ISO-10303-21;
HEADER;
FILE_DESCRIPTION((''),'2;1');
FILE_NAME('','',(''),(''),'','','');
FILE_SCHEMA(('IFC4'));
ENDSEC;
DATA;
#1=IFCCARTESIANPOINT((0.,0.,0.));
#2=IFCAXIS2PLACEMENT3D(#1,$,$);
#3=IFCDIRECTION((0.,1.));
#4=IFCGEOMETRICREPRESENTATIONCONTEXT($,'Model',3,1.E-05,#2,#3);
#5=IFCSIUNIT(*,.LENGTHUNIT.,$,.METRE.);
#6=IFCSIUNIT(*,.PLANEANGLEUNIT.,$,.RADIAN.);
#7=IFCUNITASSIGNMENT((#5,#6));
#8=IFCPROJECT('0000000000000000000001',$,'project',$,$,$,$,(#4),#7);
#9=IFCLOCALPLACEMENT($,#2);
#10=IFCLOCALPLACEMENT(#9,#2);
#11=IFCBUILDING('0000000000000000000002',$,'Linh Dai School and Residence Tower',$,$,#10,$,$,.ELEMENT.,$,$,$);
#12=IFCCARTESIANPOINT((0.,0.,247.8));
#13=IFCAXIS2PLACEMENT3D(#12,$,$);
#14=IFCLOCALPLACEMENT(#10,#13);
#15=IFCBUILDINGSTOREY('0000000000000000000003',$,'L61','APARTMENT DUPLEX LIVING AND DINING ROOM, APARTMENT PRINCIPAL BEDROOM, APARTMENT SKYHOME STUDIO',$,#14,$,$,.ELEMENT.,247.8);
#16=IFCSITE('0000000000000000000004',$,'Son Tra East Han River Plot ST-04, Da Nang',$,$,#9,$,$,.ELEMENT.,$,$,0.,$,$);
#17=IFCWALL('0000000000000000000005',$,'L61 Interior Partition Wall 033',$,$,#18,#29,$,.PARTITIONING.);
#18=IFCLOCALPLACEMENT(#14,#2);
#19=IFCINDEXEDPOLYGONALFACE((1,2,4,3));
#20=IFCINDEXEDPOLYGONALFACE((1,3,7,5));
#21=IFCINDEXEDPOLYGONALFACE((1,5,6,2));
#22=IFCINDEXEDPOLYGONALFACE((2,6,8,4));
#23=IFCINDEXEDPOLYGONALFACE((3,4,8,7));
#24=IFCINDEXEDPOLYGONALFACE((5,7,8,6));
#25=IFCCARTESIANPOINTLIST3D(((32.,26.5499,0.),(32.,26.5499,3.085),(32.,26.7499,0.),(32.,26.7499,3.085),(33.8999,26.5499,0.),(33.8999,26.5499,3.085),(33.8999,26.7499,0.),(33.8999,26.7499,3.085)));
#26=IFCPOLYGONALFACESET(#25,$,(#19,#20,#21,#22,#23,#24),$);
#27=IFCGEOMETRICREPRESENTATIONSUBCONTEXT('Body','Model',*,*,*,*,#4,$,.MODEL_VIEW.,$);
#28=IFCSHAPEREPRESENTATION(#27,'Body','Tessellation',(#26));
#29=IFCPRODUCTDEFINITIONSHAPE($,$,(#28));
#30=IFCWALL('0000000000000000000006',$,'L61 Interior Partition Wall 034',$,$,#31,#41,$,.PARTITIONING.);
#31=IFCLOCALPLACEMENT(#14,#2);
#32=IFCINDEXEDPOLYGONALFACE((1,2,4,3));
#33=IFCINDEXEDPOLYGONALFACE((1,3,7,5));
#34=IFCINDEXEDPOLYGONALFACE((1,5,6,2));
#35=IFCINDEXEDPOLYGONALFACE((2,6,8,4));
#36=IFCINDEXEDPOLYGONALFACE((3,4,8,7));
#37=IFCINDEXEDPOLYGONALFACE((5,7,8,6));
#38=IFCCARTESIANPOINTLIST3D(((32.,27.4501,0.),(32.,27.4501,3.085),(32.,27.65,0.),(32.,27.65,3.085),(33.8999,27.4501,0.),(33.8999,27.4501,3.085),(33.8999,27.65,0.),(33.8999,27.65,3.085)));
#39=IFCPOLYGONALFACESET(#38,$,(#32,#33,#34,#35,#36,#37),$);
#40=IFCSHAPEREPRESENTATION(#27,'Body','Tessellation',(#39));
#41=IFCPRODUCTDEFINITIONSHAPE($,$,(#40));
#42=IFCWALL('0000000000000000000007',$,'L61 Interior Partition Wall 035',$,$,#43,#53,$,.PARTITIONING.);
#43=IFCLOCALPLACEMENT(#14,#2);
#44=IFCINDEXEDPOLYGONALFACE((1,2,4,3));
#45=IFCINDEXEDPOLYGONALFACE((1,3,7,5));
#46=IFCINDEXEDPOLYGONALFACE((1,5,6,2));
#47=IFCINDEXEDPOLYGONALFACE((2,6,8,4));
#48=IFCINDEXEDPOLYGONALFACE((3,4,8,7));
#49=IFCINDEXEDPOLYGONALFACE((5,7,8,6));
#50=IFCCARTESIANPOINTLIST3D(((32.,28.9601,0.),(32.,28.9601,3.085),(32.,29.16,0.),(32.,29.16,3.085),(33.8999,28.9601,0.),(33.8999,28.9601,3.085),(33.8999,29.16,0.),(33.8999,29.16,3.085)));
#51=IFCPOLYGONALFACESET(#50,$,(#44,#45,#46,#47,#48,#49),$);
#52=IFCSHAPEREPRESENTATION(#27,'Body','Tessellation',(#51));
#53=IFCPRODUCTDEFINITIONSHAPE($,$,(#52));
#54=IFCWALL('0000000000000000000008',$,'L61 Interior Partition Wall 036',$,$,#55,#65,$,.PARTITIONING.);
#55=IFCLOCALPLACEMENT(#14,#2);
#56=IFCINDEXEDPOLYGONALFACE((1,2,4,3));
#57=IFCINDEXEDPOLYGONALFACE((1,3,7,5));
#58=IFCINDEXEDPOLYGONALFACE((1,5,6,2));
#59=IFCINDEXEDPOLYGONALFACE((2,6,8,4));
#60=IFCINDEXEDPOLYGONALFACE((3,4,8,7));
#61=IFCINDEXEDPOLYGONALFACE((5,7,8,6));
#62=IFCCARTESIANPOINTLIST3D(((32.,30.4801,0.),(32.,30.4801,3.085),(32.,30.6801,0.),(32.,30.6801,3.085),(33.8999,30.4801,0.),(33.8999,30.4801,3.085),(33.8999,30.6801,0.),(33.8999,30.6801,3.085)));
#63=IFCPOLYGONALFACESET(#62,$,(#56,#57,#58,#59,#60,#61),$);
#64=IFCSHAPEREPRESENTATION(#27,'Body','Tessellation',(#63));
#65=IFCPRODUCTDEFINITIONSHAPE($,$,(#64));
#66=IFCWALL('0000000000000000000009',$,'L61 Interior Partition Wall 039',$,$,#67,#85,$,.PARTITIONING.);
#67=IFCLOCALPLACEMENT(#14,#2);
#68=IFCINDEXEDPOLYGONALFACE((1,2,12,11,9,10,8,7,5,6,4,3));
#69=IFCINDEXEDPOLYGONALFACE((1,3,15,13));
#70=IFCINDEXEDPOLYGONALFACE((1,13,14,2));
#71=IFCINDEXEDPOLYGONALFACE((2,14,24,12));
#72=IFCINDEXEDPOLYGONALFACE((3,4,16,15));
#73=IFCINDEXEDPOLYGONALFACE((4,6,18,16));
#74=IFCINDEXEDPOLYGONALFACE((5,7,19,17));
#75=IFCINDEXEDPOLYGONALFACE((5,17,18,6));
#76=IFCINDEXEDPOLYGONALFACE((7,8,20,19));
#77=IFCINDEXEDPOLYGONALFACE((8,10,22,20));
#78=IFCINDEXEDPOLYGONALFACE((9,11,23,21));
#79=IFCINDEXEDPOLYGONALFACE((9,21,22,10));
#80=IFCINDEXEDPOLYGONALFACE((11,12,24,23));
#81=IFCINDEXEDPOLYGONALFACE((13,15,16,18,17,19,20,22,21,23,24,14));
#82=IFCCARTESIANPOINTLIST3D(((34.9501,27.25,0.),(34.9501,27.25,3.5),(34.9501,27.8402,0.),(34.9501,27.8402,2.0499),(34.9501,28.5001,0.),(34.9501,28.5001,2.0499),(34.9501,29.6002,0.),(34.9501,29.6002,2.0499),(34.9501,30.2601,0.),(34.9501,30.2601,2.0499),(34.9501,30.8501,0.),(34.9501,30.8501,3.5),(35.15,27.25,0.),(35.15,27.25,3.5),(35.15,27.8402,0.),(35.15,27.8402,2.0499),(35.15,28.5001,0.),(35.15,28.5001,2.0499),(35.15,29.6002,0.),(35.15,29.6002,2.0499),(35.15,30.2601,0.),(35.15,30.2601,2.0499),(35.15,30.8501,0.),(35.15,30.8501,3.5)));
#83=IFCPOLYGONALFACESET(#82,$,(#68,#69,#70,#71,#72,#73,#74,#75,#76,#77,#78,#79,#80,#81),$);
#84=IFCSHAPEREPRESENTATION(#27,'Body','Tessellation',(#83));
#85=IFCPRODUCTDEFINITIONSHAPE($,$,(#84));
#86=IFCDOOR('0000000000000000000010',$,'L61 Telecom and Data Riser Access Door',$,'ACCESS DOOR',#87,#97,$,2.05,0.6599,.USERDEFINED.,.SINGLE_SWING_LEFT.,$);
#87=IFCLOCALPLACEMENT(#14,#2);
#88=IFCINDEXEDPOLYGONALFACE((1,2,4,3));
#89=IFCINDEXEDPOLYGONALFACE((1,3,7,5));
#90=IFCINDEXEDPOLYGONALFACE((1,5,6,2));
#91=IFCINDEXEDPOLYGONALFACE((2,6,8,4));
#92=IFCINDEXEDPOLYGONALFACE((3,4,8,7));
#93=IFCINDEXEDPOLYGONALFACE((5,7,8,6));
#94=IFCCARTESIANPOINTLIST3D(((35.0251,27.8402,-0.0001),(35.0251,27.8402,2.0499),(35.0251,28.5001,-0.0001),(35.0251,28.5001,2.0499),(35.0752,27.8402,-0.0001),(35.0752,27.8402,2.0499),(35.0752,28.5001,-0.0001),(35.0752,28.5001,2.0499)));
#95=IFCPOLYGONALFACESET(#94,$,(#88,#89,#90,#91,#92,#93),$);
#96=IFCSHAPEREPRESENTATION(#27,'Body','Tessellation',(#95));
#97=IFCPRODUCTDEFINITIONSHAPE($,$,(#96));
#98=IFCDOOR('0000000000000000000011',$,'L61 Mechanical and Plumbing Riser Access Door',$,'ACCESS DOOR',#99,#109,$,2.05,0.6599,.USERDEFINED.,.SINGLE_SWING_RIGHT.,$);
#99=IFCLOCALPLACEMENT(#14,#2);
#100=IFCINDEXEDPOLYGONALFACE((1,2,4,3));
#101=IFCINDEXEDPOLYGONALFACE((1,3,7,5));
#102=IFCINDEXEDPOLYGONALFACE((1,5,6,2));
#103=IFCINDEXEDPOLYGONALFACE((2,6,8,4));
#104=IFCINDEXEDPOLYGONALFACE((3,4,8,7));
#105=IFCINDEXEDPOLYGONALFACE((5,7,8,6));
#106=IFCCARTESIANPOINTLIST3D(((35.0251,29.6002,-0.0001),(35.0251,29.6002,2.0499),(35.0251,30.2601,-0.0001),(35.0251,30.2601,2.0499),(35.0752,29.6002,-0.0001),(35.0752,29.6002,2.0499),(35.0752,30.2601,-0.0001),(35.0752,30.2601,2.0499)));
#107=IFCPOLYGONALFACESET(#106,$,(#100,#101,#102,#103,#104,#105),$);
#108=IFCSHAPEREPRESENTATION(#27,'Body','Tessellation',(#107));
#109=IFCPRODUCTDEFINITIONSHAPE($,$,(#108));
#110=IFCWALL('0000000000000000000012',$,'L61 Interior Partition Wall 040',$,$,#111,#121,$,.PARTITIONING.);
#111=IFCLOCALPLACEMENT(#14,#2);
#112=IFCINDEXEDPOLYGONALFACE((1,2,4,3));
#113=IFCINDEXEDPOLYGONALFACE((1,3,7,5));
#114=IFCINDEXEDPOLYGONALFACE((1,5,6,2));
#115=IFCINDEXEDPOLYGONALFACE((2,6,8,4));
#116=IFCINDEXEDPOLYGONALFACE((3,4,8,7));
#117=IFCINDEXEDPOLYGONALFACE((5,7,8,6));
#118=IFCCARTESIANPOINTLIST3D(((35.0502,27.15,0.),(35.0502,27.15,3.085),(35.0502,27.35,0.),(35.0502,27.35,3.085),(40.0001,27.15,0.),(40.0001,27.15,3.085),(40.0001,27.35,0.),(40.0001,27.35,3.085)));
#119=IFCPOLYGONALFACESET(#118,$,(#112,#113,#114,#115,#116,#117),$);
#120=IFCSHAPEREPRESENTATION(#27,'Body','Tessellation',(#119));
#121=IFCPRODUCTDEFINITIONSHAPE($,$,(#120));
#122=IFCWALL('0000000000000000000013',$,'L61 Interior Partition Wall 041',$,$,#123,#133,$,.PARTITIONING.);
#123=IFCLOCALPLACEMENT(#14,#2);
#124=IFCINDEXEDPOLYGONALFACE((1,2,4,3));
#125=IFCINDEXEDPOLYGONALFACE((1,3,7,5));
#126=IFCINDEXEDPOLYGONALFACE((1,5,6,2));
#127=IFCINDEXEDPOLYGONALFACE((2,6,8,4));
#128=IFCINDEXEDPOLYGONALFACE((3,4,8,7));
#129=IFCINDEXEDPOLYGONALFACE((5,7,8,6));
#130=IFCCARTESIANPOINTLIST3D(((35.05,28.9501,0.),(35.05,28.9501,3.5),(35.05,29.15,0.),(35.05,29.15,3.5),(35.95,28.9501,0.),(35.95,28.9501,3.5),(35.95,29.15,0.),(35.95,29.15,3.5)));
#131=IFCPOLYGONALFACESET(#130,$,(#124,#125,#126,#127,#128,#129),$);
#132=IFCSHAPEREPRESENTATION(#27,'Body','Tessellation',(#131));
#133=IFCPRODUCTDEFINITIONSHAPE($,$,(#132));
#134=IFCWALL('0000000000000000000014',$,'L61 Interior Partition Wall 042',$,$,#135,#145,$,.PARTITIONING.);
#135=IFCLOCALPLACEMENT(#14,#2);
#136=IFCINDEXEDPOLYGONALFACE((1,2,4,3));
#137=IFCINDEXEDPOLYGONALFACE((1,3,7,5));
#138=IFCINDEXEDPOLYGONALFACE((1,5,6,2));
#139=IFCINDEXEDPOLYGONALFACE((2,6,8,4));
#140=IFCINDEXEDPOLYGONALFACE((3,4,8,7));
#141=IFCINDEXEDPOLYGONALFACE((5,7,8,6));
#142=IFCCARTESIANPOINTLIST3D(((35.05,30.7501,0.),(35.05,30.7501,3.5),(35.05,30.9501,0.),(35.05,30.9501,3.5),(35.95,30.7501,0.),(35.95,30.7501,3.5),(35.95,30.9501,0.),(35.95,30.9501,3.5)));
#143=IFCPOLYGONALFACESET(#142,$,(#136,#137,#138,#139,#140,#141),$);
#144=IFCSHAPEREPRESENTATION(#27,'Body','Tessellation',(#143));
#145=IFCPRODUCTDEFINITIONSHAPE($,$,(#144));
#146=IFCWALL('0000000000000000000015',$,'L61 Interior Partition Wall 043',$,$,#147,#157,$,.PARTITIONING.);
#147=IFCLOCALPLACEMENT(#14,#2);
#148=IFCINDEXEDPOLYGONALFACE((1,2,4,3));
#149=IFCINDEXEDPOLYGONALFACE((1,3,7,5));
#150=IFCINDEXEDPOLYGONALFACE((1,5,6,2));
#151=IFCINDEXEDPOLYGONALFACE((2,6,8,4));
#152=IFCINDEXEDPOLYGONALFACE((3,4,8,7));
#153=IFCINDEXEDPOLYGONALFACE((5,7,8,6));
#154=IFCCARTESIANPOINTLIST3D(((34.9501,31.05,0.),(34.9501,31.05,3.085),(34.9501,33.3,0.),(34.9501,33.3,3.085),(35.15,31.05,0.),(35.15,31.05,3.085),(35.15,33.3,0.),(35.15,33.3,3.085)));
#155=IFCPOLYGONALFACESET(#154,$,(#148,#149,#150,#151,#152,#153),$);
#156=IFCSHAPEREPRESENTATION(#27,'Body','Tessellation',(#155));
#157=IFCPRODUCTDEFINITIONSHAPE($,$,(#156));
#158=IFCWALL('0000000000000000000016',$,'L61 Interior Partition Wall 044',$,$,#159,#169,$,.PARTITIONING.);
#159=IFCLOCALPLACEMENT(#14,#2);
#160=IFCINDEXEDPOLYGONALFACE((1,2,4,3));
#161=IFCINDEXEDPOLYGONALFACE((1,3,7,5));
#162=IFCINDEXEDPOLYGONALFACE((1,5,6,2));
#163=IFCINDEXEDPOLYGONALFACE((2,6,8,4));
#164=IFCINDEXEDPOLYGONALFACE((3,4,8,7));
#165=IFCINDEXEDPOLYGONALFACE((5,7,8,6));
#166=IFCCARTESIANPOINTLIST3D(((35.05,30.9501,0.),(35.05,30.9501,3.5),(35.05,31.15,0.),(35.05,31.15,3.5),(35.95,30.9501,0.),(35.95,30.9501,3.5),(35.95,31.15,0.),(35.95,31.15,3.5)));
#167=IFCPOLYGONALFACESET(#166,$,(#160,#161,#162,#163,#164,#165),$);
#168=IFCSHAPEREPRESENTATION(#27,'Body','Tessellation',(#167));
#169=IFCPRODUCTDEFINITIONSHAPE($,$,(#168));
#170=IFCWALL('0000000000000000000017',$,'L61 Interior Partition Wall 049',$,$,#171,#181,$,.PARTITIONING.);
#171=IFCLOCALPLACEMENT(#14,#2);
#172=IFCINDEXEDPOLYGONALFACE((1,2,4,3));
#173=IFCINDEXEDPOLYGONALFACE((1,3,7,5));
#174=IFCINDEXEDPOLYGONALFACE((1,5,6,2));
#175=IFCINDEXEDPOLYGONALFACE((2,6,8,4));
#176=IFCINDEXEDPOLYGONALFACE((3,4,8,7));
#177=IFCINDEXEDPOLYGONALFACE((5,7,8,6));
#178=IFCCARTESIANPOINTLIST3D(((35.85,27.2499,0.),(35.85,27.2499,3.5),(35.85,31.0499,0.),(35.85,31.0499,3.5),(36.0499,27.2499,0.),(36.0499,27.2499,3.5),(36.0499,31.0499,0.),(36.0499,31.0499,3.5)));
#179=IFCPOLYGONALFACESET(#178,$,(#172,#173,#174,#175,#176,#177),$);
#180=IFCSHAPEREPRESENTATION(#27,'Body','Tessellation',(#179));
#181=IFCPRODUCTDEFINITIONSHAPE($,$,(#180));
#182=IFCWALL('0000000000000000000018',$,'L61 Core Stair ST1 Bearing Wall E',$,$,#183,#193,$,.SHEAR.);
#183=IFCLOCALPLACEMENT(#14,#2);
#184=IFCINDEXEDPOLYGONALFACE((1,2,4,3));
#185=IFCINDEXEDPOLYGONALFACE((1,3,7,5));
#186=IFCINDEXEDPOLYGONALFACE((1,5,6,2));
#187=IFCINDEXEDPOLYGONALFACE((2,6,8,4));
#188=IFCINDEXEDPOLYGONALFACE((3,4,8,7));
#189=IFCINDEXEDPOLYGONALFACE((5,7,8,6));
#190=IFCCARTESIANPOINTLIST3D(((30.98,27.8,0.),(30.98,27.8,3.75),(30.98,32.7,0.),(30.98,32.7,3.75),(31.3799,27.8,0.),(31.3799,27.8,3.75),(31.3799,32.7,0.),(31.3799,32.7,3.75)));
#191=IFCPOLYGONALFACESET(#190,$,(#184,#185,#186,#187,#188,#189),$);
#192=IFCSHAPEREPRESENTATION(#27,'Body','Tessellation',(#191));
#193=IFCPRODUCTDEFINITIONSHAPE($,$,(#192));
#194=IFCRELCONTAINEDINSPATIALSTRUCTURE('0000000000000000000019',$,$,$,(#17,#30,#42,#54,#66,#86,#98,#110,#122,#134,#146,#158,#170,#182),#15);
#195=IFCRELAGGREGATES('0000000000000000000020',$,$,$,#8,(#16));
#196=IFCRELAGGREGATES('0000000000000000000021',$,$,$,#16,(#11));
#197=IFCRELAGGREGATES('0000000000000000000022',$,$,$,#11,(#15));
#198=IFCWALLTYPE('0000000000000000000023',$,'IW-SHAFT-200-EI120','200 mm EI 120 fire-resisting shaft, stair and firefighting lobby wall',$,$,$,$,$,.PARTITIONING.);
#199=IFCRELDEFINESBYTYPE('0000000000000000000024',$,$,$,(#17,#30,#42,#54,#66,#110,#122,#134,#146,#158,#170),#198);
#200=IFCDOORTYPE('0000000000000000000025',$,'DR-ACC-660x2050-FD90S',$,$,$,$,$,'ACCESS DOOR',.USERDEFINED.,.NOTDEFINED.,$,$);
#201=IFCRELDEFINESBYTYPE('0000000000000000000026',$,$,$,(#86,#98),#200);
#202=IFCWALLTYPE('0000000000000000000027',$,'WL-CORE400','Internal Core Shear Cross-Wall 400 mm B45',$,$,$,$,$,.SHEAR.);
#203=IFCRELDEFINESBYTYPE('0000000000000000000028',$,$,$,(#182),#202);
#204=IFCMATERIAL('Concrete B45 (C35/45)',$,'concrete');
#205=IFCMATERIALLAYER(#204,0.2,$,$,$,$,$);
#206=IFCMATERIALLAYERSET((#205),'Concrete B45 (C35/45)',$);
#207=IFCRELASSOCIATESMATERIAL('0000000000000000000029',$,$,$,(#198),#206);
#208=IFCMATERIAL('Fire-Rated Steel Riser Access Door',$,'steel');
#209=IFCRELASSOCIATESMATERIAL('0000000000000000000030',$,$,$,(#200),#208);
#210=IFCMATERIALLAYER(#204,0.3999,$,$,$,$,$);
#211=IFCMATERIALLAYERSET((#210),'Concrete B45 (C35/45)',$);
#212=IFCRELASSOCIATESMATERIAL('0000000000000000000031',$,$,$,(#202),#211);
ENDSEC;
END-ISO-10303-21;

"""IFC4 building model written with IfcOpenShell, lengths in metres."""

from ifc_helpers import new_model, si_unit, direction, frame, frame_2d, origin, origin_2d, place, context, subcontext, project, spatial, rectangle, extrude, source, transform, mapped, material, layer, layer_set, type_object, element, fill, save


model = new_model("IFC4")

# Units and contexts
model_context = context("Model", 3, precision=1e-05, world=origin(), true_north=direction((0.0, 1.0)))
body_context = subcontext(model_context, "Body", "Model", "MODEL_VIEW")
ifc_project = project(units=[si_unit("LENGTHUNIT", "METRE"), si_unit("PLANEANGLEUNIT", "RADIAN")], contexts=[model_context])

# Site, building, storey
site_placement = place(None, origin())
site = spatial("IfcSite", under=ifc_project, at=site_placement, Name="Son Tra East Han River Plot ST-04, Da Nang", CompositionType="ELEMENT", RefElevation=0.0)
building_placement = place(site_placement, origin())
building = spatial("IfcBuilding", under=site, at=building_placement, Name="Linh Dai School and Residence Tower", CompositionType="ELEMENT")
storey_placement = place(building_placement, frame((0.0, 0.0, 247.8)))
storey = spatial("IfcBuildingStorey", under=building, at=storey_placement, Name="L61", Description="APARTMENT DUPLEX LIVING AND DINING ROOM, APARTMENT PRINCIPAL BEDROOM, APARTMENT SKYHOME STUDIO", CompositionType="ELEMENT", Elevation=247.8)

# Walls
ifc_material_1 = material(Name="Concrete B45 (C35/45)", Category="concrete")
ifc_layer_1 = layer(ifc_material_1, 0.2)
ifc_layer_set_1 = layer_set([ifc_layer_1], Name="Concrete B45 (C35/45)")
wall_type_1 = type_object("IfcWallType", Name="IW-SHAFT-200-EI120", Description="200 mm EI 120 fire-resisting shaft, stair and firefighting lobby wall", PredefinedType="PARTITIONING", material=ifc_layer_set_1)
for number, where, z_axis, x_axis, name in (
    (1, (32.0, 26.6499, 0.0), (0.0, 0.0, 1.0), (1.0, 0.0, 0.0), "L61 Interior Partition Wall 033"),
    (2, (32.0, 27.55, 0.0), (0.0, 0.0, 1.0), (1.0, 0.0, 0.0), "L61 Interior Partition Wall 034"),
    (3, (32.0, 29.0601, 0.0), (0.0, 0.0, 1.0), (1.0, 0.0, 0.0), "L61 Interior Partition Wall 035"),
    (4, (32.0, 30.5801, 0.0), (0.0, 0.0, 1.0), (1.0, 0.0, 0.0), "L61 Interior Partition Wall 036"),
):
    element("IfcWall", number, at=place(storey_placement, frame(where, z_axis=z_axis, x_axis=x_axis)), inside=storey, type_object=wall_type_1, Name=name, PredefinedType="PARTITIONING", context=body_context, shape_type="SweptSolid", body=[
        extrude(rectangle(XDim=1.8999, YDim=0.2, at=frame_2d((0.95, 0.0))), origin(), (0.0, 0.0, 1.0), 3.085),
    ])

# Wall, openings, doors
wall_1_placement = place(storey_placement, frame((35.05, 27.25, 0.0), z_axis=(0.0, 0.0, 1.0), x_axis=(0.0, 1.0, 0.0)))
wall_1 = element("IfcWall", 5, at=wall_1_placement, inside=storey, type_object=wall_type_1, Name="L61 Interior Partition Wall 039", PredefinedType="PARTITIONING", context=body_context, shape_type="SweptSolid", body=[
    extrude(rectangle(XDim=3.6001, YDim=0.2, at=frame_2d((1.8, 0.0))), origin(), (0.0, 0.0, 1.0), 3.5),
])
opening_1_placement = place(wall_1_placement, frame((0.5901, 0.0, 0.0)))
opening_1 = element("IfcOpeningElement", 6, at=opening_1_placement, cuts=wall_1, PredefinedType="OPENING", context=body_context, shape_type="SweptSolid", body=[
    extrude(rectangle(XDim=0.6599, YDim=2.05, at=origin_2d()), frame((0.3301, 0.1099, 1.0249), z_axis=(0.0, -1.0, 0.0), x_axis=(1.0, 0.0, 0.0)), (0.0, 0.0, 1.0), 0.22),
])
opening_2_placement = place(wall_1_placement, frame((2.3501, 0.0, 0.0)))
opening_2 = element("IfcOpeningElement", 7, at=opening_2_placement, cuts=wall_1, PredefinedType="OPENING", context=body_context, shape_type="SweptSolid", body=[
    extrude(rectangle(XDim=0.6599, YDim=2.05, at=origin_2d()), frame((0.3301, 0.1099, 1.0249), z_axis=(0.0, -1.0, 0.0), x_axis=(1.0, 0.0, 0.0)), (0.0, 0.0, 1.0), 0.22),
])
ifc_material_2 = material(Name="Fire-Rated Steel Riser Access Door", Category="steel")
door_type = type_object("IfcDoorType", Name="DR-ACC-660x2050-FD90S", ElementType="ACCESS DOOR", OperationType="NOTDEFINED", PredefinedType="USERDEFINED", material=ifc_material_2)
shared_shape_1 = source(origin(), body_context, "Body", "SweptSolid", [
    extrude(rectangle(XDim=0.6599, YDim=2.05, at=origin_2d()), frame((0.3301, 0.0249, 1.0249), z_axis=(0.0, -1.0, 0.0), x_axis=(1.0, 0.0, 0.0)), (0.0, 0.0, 1.0), 0.05),
])
door_1_placement = place(opening_1_placement, origin())
door_1 = element("IfcDoor", 8, at=door_1_placement, inside=storey, type_object=door_type, Name="L61 Telecom and Data Riser Access Door", ObjectType="ACCESS DOOR", OperationType="SINGLE_SWING_LEFT", OverallHeight=2.05, OverallWidth=0.6599, PredefinedType="USERDEFINED", context=body_context, shape_type="MappedRepresentation", body=[
    mapped(shared_shape_1, transform((0.0, 0.0, 0.0), x_axis=(1.0, 0.0, 0.0), y_axis=(0.0, 1.0, 0.0), z_axis=(0.0, 0.0, 1.0), scale=1.0)),
])
fill(opening_1, door_1)
door_2_placement = place(opening_2_placement, origin())
door_2 = element("IfcDoor", 9, at=door_2_placement, inside=storey, type_object=door_type, Name="L61 Mechanical and Plumbing Riser Access Door", ObjectType="ACCESS DOOR", OperationType="SINGLE_SWING_RIGHT", OverallHeight=2.05, OverallWidth=0.6599, PredefinedType="USERDEFINED", context=body_context, shape_type="MappedRepresentation", body=[
    mapped(shared_shape_1, transform((0.0, 0.0, 0.0), x_axis=(1.0, 0.0, 0.0), y_axis=(0.0, 1.0, 0.0), z_axis=(0.0, 0.0, 1.0), scale=1.0)),
])
fill(opening_2, door_2)

# Walls
wall_2_placement = place(storey_placement, frame((35.05, 27.25, 0.0), z_axis=(0.0, 0.0, 1.0), x_axis=(1.0, 0.0, 0.0)))
element("IfcWall", 10, at=wall_2_placement, inside=storey, type_object=wall_type_1, Name="L61 Interior Partition Wall 040", PredefinedType="PARTITIONING", context=body_context, shape_type="SweptSolid", body=[
    extrude(rectangle(XDim=4.95, YDim=0.2, at=frame_2d((2.4751, 0.0))), origin(), (0.0, 0.0, 1.0), 3.085),
])
for number, where, z_axis, x_axis, name in (
    (11, (35.05, 29.05, 0.0), (0.0, 0.0, 1.0), (1.0, 0.0, 0.0), "L61 Interior Partition Wall 041"),
    (12, (35.05, 30.8501, 0.0), (0.0, 0.0, 1.0), (1.0, 0.0, 0.0), "L61 Interior Partition Wall 042"),
):
    element("IfcWall", number, at=place(storey_placement, frame(where, z_axis=z_axis, x_axis=x_axis)), inside=storey, type_object=wall_type_1, Name=name, PredefinedType="PARTITIONING", context=body_context, shape_type="SweptSolid", body=[
        extrude(rectangle(XDim=0.8999, YDim=0.2, at=frame_2d((0.45, 0.0))), origin(), (0.0, 0.0, 1.0), 3.5),
    ])
wall_3_placement = place(storey_placement, frame((35.05, 31.05, 0.0), z_axis=(0.0, 0.0, 1.0), x_axis=(0.0, 1.0, 0.0)))
element("IfcWall", 13, at=wall_3_placement, inside=storey, type_object=wall_type_1, Name="L61 Interior Partition Wall 043", PredefinedType="PARTITIONING", context=body_context, shape_type="SweptSolid", body=[
    extrude(rectangle(XDim=2.25, YDim=0.2, at=frame_2d((1.125, 0.0))), origin(), (0.0, 0.0, 1.0), 3.085),
])
wall_4_placement = place(storey_placement, frame((35.05, 31.05, 0.0), z_axis=(0.0, 0.0, 1.0), x_axis=(1.0, 0.0, 0.0)))
element("IfcWall", 14, at=wall_4_placement, inside=storey, type_object=wall_type_1, Name="L61 Interior Partition Wall 044", PredefinedType="PARTITIONING", context=body_context, shape_type="SweptSolid", body=[
    extrude(rectangle(XDim=0.8999, YDim=0.2, at=frame_2d((0.45, 0.0))), origin(), (0.0, 0.0, 1.0), 3.5),
])
wall_5_placement = place(storey_placement, frame((35.95, 27.25, 0.0), z_axis=(0.0, 0.0, 1.0), x_axis=(0.0, 1.0, 0.0)))
element("IfcWall", 15, at=wall_5_placement, inside=storey, type_object=wall_type_1, Name="L61 Interior Partition Wall 049", PredefinedType="PARTITIONING", context=body_context, shape_type="SweptSolid", body=[
    extrude(rectangle(XDim=3.8, YDim=0.2, at=frame_2d((1.8999, 0.0))), origin(), (0.0, 0.0, 1.0), 3.5),
])
ifc_layer_2 = layer(ifc_material_1, 0.3999)
ifc_layer_set_2 = layer_set([ifc_layer_2], Name="Concrete B45 (C35/45)")
wall_type_2 = type_object("IfcWallType", Name="WL-CORE400", Description="Internal Core Shear Cross-Wall 400 mm B45", PredefinedType="SHEAR", material=ifc_layer_set_2)
wall_6_placement = place(storey_placement, frame((31.1799, 27.8, 0.0), z_axis=(0.0, 0.0, 1.0), x_axis=(0.0, 1.0, 0.0)))
element("IfcWall", 16, at=wall_6_placement, inside=storey, type_object=wall_type_2, Name="L61 Core Stair ST1 Bearing Wall E", PredefinedType="SHEAR", context=body_context, shape_type="SweptSolid", body=[
    extrude(rectangle(XDim=4.8999, YDim=0.3999, at=frame_2d((2.45, 0.0))), origin(), (0.0, 0.0, 1.0), 3.75),
])

save(model, "model.ifc")
